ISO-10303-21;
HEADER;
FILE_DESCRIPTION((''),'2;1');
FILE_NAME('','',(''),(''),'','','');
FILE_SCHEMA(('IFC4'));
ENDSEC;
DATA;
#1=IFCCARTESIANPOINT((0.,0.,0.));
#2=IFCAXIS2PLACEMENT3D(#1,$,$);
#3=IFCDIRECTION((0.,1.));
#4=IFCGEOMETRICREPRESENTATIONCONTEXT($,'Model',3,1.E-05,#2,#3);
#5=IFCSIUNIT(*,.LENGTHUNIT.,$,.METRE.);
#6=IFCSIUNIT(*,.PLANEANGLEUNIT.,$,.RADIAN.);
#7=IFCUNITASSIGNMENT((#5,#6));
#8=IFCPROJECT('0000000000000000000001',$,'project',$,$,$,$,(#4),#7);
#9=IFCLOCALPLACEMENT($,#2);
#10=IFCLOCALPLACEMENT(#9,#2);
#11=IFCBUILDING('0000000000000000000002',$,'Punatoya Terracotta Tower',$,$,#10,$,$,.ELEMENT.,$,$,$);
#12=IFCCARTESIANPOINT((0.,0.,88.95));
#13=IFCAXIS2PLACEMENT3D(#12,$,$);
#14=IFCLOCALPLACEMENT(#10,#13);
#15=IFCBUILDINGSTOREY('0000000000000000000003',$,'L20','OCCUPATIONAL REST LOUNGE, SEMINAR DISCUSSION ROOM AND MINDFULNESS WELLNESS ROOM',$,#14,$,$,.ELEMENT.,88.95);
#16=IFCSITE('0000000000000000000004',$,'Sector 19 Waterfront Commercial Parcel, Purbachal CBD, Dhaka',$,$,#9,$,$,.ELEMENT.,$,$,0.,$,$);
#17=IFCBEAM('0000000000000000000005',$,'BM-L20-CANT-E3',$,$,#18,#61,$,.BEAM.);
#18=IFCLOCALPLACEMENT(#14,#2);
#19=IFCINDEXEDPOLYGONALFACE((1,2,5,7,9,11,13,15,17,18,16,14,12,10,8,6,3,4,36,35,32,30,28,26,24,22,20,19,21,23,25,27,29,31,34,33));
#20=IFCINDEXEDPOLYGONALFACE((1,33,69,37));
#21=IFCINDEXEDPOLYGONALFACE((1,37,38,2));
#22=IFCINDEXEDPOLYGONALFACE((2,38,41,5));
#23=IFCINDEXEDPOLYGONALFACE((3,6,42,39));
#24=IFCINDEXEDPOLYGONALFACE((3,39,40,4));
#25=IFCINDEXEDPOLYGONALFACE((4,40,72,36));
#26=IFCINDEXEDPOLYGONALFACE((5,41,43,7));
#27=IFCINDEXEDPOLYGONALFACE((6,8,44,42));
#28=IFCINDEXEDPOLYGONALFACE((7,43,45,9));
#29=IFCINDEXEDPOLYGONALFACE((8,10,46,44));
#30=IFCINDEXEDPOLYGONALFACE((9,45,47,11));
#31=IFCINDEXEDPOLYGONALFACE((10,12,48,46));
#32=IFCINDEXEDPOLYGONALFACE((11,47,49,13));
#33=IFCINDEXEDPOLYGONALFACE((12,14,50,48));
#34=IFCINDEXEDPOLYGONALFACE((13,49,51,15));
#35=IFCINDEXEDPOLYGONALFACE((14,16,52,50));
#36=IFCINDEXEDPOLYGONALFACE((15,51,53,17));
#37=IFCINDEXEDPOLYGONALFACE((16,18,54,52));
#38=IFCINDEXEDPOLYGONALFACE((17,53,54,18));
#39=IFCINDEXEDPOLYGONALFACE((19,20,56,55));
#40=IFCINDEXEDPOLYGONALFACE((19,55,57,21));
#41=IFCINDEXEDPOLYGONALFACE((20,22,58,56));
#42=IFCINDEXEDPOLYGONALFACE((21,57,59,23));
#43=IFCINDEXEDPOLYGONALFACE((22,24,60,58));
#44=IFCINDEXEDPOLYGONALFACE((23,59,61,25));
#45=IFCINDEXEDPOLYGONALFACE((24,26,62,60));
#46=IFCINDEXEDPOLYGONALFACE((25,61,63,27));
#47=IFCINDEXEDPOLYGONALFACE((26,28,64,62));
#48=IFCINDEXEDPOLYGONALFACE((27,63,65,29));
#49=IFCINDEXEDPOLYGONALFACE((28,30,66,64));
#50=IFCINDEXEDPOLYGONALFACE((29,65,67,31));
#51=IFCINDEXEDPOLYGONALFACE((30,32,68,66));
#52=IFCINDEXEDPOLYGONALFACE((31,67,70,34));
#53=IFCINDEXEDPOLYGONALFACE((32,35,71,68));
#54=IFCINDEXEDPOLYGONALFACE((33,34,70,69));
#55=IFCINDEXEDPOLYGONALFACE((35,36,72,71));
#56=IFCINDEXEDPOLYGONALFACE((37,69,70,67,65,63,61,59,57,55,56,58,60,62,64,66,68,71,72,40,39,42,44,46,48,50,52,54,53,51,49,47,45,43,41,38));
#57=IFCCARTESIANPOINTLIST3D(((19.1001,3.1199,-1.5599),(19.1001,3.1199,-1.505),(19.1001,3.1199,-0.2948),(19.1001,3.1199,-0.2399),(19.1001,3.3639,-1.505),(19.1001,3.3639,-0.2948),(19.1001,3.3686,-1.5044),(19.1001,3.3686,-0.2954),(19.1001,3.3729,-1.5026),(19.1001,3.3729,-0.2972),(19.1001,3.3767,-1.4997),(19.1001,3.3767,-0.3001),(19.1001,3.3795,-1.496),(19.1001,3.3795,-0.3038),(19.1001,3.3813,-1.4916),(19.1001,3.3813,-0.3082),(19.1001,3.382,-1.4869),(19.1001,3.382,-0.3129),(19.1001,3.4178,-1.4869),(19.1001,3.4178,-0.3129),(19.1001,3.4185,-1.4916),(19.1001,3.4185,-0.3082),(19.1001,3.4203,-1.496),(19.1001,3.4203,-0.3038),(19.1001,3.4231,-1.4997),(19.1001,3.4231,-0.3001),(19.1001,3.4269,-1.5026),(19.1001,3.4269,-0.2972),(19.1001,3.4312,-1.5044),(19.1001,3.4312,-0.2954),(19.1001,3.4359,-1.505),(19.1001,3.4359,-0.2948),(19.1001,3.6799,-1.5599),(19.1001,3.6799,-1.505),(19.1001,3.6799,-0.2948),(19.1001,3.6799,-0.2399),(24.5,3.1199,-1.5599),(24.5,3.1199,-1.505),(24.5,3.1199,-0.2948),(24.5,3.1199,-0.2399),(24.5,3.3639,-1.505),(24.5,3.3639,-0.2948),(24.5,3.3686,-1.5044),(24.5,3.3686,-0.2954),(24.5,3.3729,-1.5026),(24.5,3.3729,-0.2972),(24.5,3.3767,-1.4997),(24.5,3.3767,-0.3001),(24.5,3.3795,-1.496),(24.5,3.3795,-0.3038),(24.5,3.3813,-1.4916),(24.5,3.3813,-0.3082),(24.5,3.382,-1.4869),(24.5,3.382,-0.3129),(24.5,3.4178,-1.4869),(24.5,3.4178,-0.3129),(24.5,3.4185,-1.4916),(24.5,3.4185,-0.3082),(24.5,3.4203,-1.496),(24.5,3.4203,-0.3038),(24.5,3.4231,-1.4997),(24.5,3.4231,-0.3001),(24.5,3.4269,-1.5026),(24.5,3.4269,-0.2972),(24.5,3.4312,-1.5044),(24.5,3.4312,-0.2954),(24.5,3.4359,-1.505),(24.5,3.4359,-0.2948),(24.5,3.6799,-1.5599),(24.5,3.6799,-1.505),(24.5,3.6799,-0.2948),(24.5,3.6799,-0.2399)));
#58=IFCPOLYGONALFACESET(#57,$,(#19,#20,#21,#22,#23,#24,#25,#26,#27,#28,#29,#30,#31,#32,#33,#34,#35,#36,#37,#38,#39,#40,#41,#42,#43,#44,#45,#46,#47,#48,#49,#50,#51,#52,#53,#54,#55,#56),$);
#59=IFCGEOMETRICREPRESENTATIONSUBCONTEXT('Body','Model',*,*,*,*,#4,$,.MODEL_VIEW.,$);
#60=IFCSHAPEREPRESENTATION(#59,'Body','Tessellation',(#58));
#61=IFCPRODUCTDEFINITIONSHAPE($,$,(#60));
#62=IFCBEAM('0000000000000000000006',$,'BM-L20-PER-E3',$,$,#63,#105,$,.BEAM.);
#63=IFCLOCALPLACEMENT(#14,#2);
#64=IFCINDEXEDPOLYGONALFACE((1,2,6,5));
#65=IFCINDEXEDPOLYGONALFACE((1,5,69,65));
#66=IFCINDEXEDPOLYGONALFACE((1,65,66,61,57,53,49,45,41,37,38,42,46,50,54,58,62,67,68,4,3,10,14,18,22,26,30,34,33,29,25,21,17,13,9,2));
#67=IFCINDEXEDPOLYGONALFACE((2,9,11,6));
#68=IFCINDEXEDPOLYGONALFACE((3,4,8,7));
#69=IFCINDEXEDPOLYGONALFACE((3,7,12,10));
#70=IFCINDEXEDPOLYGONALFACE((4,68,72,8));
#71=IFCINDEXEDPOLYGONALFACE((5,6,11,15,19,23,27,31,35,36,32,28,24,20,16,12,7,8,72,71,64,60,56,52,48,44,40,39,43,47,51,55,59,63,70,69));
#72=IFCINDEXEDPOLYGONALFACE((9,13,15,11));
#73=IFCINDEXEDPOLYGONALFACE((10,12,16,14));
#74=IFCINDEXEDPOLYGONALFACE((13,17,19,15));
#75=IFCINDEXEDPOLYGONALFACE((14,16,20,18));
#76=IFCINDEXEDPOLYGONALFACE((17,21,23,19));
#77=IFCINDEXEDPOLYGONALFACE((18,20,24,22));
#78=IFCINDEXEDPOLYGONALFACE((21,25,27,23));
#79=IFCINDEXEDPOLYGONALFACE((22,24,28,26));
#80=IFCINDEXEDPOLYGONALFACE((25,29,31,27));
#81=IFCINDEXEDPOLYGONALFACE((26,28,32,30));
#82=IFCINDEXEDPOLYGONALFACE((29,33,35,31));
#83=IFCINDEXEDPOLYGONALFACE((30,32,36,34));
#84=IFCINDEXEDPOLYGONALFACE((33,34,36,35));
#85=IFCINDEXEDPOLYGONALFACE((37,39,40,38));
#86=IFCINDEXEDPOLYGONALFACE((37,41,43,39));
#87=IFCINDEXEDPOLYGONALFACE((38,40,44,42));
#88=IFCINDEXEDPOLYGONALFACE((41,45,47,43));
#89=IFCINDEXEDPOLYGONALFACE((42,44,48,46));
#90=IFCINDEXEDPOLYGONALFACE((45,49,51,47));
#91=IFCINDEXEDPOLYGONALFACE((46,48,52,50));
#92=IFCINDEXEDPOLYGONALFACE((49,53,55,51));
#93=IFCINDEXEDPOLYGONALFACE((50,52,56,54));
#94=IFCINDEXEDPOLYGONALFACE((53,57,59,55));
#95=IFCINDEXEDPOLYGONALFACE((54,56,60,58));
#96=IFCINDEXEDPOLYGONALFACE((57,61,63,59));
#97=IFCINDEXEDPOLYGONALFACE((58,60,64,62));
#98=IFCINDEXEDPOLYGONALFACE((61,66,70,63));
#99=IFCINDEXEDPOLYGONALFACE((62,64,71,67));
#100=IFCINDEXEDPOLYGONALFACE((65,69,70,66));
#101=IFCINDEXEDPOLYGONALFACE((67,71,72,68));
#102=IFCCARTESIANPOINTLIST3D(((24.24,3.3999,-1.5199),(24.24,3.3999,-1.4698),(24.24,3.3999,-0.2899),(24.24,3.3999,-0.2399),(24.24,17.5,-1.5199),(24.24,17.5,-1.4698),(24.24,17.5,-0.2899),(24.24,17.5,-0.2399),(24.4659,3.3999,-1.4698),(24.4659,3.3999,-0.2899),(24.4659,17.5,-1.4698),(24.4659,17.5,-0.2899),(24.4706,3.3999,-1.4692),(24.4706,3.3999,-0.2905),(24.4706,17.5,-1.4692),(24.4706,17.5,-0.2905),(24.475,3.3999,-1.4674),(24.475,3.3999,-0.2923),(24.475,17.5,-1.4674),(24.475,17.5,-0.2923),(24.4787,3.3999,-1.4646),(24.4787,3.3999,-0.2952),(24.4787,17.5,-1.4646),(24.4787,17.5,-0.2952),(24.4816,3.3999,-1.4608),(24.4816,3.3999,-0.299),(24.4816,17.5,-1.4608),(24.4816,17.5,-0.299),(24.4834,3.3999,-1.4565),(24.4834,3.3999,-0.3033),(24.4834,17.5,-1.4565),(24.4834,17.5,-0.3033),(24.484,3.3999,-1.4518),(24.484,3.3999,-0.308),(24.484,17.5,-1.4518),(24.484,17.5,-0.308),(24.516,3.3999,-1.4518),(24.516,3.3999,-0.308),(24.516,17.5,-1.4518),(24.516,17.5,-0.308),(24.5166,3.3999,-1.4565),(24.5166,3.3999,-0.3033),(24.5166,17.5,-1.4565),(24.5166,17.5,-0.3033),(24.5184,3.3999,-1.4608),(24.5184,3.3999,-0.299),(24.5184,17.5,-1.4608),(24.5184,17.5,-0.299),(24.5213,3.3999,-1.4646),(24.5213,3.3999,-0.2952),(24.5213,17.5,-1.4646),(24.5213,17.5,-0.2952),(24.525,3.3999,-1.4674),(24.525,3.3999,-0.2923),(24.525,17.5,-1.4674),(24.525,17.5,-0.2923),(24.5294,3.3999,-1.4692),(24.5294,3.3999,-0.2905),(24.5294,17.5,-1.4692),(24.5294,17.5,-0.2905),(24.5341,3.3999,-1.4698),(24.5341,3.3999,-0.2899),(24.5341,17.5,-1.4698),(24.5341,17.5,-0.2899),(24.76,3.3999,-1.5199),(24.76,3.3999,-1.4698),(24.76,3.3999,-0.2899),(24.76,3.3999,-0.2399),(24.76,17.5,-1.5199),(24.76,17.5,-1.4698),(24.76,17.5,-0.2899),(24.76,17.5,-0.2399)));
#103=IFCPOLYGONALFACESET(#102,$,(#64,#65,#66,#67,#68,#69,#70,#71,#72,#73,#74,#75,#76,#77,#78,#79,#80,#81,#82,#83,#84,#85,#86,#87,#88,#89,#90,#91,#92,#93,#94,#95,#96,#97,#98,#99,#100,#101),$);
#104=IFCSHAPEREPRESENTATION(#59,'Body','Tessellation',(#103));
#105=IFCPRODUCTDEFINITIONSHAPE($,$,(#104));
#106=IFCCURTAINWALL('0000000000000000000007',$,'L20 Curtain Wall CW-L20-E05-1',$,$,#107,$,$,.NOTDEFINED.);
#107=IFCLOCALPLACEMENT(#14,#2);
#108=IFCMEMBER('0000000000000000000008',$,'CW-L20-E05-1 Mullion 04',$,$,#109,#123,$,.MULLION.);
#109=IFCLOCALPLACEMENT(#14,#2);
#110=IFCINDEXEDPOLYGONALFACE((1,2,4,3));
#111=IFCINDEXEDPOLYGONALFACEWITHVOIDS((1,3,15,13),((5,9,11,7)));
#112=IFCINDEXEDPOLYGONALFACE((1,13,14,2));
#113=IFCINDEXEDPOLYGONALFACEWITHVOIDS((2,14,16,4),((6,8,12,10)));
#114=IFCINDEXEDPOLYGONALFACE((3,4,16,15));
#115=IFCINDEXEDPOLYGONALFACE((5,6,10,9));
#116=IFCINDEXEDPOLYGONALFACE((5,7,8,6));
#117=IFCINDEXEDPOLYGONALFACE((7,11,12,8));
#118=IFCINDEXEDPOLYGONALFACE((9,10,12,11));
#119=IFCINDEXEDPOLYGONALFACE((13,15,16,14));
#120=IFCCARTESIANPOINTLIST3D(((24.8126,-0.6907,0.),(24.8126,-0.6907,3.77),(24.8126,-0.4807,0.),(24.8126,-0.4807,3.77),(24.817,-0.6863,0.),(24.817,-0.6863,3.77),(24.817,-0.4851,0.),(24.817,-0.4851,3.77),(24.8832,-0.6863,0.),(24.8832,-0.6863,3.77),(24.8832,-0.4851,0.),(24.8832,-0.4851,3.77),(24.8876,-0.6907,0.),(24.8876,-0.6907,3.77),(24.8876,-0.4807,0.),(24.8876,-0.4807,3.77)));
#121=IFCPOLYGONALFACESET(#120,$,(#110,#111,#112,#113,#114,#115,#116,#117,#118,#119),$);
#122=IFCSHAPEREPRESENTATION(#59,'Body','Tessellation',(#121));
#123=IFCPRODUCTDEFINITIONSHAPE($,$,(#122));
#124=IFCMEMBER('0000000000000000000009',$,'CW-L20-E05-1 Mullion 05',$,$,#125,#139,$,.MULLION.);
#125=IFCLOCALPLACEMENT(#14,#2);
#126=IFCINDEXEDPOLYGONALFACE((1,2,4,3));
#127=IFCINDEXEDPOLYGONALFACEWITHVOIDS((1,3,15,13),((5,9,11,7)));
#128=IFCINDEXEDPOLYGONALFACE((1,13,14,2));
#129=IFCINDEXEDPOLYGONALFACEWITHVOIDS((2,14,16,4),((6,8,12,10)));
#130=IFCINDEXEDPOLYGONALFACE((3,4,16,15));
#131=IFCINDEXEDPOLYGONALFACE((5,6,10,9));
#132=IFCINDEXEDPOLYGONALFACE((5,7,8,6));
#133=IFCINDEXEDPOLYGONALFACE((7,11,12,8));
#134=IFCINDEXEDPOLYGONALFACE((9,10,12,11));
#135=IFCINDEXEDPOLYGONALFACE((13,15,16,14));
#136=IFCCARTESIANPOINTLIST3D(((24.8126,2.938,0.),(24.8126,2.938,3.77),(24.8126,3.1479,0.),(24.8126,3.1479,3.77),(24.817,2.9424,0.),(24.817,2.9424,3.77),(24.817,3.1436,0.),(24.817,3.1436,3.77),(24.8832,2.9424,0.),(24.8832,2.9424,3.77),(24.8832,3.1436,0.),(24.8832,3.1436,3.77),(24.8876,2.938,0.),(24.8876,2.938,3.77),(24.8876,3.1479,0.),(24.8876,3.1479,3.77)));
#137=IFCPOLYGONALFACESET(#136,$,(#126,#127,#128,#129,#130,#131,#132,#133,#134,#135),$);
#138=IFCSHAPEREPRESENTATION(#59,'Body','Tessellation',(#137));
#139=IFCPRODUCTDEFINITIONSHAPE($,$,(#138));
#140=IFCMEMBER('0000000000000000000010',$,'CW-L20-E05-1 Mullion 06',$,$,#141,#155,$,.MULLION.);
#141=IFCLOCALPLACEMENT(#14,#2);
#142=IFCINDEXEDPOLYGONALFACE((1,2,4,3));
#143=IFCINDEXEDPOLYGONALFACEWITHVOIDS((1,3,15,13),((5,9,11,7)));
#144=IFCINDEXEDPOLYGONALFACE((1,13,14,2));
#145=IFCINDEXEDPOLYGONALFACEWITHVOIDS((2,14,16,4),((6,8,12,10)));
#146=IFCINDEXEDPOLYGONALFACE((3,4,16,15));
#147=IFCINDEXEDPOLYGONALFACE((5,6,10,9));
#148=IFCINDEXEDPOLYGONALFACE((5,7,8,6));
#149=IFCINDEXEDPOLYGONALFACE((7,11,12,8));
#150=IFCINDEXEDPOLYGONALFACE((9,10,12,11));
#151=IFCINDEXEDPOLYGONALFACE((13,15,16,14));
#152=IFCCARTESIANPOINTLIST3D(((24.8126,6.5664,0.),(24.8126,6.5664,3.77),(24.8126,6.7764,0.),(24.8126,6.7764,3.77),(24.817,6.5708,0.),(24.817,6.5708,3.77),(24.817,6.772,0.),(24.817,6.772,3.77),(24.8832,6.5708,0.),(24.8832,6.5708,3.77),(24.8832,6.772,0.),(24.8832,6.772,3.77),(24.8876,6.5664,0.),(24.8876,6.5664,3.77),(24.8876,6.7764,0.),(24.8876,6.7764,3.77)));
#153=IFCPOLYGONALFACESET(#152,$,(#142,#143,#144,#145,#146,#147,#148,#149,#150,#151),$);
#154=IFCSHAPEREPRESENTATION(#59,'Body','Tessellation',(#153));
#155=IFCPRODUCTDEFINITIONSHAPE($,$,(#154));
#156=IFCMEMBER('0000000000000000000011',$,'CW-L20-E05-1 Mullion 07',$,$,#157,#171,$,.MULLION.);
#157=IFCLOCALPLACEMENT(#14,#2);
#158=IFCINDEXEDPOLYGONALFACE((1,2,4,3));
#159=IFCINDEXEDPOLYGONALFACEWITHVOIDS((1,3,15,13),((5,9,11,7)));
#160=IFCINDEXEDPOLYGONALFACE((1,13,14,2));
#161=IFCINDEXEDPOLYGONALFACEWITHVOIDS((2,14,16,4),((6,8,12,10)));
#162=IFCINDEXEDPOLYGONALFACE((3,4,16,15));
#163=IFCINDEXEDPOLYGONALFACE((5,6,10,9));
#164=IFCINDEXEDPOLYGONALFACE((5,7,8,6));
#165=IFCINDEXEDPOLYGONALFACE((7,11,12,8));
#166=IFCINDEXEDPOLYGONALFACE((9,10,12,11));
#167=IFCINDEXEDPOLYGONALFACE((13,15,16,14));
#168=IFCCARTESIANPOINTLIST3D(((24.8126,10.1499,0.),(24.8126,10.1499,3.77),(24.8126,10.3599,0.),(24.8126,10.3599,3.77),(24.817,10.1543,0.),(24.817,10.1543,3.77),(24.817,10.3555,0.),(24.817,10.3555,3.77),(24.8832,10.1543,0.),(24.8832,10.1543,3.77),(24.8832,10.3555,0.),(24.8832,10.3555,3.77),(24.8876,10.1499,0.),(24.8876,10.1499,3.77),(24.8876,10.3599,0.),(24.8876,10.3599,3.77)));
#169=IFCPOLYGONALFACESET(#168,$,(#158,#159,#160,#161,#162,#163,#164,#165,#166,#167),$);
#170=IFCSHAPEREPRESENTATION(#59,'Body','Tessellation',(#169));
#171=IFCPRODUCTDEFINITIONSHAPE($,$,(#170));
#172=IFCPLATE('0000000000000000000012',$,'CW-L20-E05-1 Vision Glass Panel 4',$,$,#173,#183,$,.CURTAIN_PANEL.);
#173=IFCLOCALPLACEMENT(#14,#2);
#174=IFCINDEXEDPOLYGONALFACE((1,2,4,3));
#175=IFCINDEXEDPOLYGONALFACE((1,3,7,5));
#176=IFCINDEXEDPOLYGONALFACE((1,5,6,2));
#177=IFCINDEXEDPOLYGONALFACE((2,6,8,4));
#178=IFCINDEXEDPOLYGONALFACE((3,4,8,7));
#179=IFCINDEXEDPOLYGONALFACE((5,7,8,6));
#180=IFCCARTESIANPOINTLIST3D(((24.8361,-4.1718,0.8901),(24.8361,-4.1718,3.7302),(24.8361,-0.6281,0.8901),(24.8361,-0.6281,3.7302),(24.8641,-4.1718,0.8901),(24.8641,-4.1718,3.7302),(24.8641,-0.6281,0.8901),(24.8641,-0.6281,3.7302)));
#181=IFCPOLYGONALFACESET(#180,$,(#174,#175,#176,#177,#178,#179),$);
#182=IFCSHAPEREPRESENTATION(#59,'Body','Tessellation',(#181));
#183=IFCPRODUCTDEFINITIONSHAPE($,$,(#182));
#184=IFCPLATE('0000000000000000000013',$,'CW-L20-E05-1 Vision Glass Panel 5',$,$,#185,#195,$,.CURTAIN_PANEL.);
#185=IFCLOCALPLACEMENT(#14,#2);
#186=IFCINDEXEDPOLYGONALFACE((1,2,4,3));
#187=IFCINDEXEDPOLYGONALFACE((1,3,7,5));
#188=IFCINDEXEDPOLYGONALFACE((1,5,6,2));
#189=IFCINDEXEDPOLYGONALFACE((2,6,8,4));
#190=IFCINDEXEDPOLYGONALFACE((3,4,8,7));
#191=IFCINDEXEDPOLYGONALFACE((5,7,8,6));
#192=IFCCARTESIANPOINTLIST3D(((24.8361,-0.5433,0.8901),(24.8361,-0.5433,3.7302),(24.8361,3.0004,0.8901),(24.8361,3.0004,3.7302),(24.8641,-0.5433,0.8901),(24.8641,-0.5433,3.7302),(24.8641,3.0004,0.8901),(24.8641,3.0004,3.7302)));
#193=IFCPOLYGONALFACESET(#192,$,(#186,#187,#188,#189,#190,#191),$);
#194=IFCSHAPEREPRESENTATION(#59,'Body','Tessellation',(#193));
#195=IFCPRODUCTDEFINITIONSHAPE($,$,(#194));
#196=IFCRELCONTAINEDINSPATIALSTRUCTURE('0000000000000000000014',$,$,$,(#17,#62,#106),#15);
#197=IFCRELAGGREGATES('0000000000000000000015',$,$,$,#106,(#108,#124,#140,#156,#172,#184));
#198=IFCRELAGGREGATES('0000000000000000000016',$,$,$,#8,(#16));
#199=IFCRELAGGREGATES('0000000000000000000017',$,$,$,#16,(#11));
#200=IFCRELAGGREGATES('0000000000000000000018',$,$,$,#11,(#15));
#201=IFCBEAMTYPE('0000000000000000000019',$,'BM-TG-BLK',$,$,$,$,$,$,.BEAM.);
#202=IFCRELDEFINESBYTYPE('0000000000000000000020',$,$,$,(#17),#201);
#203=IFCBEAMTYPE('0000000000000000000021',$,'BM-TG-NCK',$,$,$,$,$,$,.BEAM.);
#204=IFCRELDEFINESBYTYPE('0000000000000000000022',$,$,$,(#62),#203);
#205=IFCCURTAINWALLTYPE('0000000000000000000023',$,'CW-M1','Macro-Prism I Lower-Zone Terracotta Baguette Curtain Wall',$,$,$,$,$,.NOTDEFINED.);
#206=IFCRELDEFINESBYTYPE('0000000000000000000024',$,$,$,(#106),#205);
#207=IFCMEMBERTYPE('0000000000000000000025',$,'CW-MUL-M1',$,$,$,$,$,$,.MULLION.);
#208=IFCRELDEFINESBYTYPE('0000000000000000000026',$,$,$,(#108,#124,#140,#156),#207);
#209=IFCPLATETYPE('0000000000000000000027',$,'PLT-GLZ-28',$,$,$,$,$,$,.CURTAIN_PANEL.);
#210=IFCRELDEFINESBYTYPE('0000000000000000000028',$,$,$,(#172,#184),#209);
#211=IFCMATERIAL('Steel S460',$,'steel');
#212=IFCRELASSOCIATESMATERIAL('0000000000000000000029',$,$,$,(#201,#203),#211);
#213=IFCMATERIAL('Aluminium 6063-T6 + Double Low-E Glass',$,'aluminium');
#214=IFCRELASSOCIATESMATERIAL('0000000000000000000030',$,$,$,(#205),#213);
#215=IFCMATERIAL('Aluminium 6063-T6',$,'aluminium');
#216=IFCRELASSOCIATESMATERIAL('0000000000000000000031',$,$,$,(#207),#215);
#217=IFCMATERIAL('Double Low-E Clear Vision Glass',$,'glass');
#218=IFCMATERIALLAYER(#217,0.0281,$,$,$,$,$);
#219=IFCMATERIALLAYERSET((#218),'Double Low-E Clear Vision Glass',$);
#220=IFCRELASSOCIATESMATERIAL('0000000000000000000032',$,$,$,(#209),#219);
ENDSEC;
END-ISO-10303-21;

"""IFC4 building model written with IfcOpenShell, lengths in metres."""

from ifc_helpers import new_model, si_unit, direction, frame, origin, origin_2d, place, context, subcontext, project, spatial, rectangle, hollow_rectangle, i_section, extrude, material, layer, layer_set, material_profile, profile_set, type_object, element, aggregate, save


model = new_model("IFC4")

# Units and contexts
model_context = context("Model", 3, precision=1e-05, world=origin(), true_north=direction((0.0, 1.0)))
body_context = subcontext(model_context, "Body", "Model", "MODEL_VIEW")
ifc_project = project(units=[si_unit("LENGTHUNIT", "METRE"), si_unit("PLANEANGLEUNIT", "RADIAN")], contexts=[model_context])

# Site, building, storey
site_placement = place(None, origin())
site = spatial("IfcSite", under=ifc_project, at=site_placement, Name="Sector 19 Waterfront Commercial Parcel, Purbachal CBD, Dhaka", CompositionType="ELEMENT", RefElevation=0.0)
building_placement = place(site_placement, origin())
building = spatial("IfcBuilding", under=site, at=building_placement, Name="Punatoya Terracotta Tower", CompositionType="ELEMENT")
storey_placement = place(building_placement, frame((0.0, 0.0, 88.95)))
storey = spatial("IfcBuildingStorey", under=building, at=storey_placement, Name="L20", Description="OCCUPATIONAL REST LOUNGE, SEMINAR DISCUSSION ROOM AND MINDFULNESS WELLNESS ROOM", CompositionType="ELEMENT", Elevation=88.95)

# Shared definitions
ifc_material_1 = material(Name="Steel S460", Category="steel")

# Beams
ifc_material_profile_1 = material_profile(ifc_material_1, i_section(OverallWidth=0.5601, OverallDepth=1.3201, WebThickness=0.0359, FlangeThickness=0.0549, FilletRadius=0.0181, at=origin_2d()))
ifc_profile_set_1 = profile_set([ifc_material_profile_1], Name="Steel S460")
beam_type_1 = type_object("IfcBeamType", Name="BM-TG-BLK", PredefinedType="BEAM", material=ifc_profile_set_1)
beam_1_placement = place(storey_placement, frame((19.1001, 3.3999, -0.8999), z_axis=(1.0, 0.0, 0.0), x_axis=(0.0, 1.0, 0.0)))
element("IfcBeam", 1, at=beam_1_placement, inside=storey, type_object=beam_type_1, Name="BM-L20-CANT-E3", PredefinedType="BEAM", context=body_context, shape_type="SweptSolid", body=[
    extrude(i_section(OverallWidth=0.5601, OverallDepth=1.3201, WebThickness=0.0359, FlangeThickness=0.0549, FilletRadius=0.0181, at=origin_2d()), origin(), (0.0, 0.0, 1.0), 5.3999),
])
ifc_material_profile_2 = material_profile(ifc_material_1, i_section(OverallWidth=0.52, OverallDepth=1.28, WebThickness=0.032, FlangeThickness=0.05, FilletRadius=0.0181, at=origin_2d()))
ifc_profile_set_2 = profile_set([ifc_material_profile_2], Name="Steel S460")
beam_type_2 = type_object("IfcBeamType", Name="BM-TG-NCK", PredefinedType="BEAM", material=ifc_profile_set_2)
beam_2_placement = place(storey_placement, frame((24.5, 3.3999, -0.8799), z_axis=(0.0, 1.0, 0.0), x_axis=(-1.0, 0.0, 0.0)))
element("IfcBeam", 2, at=beam_2_placement, inside=storey, type_object=beam_type_2, Name="BM-L20-PER-E3", PredefinedType="BEAM", context=body_context, shape_type="SweptSolid", body=[
    extrude(i_section(OverallWidth=0.52, OverallDepth=1.28, WebThickness=0.032, FlangeThickness=0.05, FilletRadius=0.0181, at=origin_2d()), origin(), (0.0, 0.0, 1.0), 14.1001),
])

# Curtain wall, members, plates
ifc_material_2 = material(Name="Aluminium 6063-T6 + Double Low-E Glass", Category="aluminium")
curtain_wall_type = type_object("IfcCurtainWallType", Name="CW-M1", Description="Macro-Prism I Lower-Zone Terracotta Baguette Curtain Wall", PredefinedType="NOTDEFINED", material=ifc_material_2)
curtain_wall_placement = place(storey_placement, origin())
curtain_wall = element("IfcCurtainWall", 3, at=curtain_wall_placement, inside=storey, type_object=curtain_wall_type, Name="L20 Curtain Wall CW-L20-E05-1", PredefinedType="NOTDEFINED")
ifc_material_3 = material(Name="Aluminium 6063-T6", Category="aluminium")
ifc_material_profile_3 = material_profile(ifc_material_3, hollow_rectangle(XDim=0.075, YDim=0.21, WallThickness=0.0044, at=origin_2d()))
ifc_profile_set_3 = profile_set([ifc_material_profile_3], Name="Aluminium 6063-T6")
member_type = type_object("IfcMemberType", Name="CW-MUL-M1", PredefinedType="MULLION", material=ifc_profile_set_3)
member_1_placement = place(storey_placement, frame((24.8501, -0.5857, 0.0), z_axis=(0.0, 0.0, 1.0), x_axis=(1.0, 0.0, 0.0)))
member_1 = element("IfcMember", 4, at=member_1_placement, type_object=member_type, Name="CW-L20-E05-1 Mullion 04", PredefinedType="MULLION", context=body_context, shape_type="SweptSolid", body=[
    extrude(hollow_rectangle(XDim=0.075, YDim=0.21, WallThickness=0.0044, at=origin_2d()), origin(), (0.0, 0.0, 1.0), 3.77),
])
member_2_placement = place(storey_placement, frame((24.8501, 3.043, 0.0), z_axis=(0.0, 0.0, 1.0), x_axis=(1.0, 0.0, 0.0)))
member_2 = element("IfcMember", 5, at=member_2_placement, type_object=member_type, Name="CW-L20-E05-1 Mullion 05", PredefinedType="MULLION", context=body_context, shape_type="SweptSolid", body=[
    extrude(hollow_rectangle(XDim=0.075, YDim=0.21, WallThickness=0.0044, at=origin_2d()), origin(), (0.0, 0.0, 1.0), 3.77),
])
member_3_placement = place(storey_placement, frame((24.8501, 6.6714, 0.0), z_axis=(0.0, 0.0, 1.0), x_axis=(1.0, 0.0, 0.0)))
member_3 = element("IfcMember", 6, at=member_3_placement, type_object=member_type, Name="CW-L20-E05-1 Mullion 06", PredefinedType="MULLION", context=body_context, shape_type="SweptSolid", body=[
    extrude(hollow_rectangle(XDim=0.075, YDim=0.21, WallThickness=0.0044, at=origin_2d()), origin(), (0.0, 0.0, 1.0), 3.77),
])
member_4_placement = place(storey_placement, frame((24.8501, 10.2549, 0.0), z_axis=(0.0, 0.0, 1.0), x_axis=(1.0, 0.0, 0.0)))
member_4 = element("IfcMember", 7, at=member_4_placement, type_object=member_type, Name="CW-L20-E05-1 Mullion 07", PredefinedType="MULLION", context=body_context, shape_type="SweptSolid", body=[
    extrude(hollow_rectangle(XDim=0.075, YDim=0.21, WallThickness=0.0044, at=origin_2d()), origin(), (0.0, 0.0, 1.0), 3.77),
])
ifc_material_4 = material(Name="Double Low-E Clear Vision Glass", Category="glass")
ifc_layer_1 = layer(ifc_material_4, 0.0281)
ifc_layer_set_1 = layer_set([ifc_layer_1], Name="Double Low-E Clear Vision Glass")
plate_type_1 = type_object("IfcPlateType", Name="PLT-GLZ-28", PredefinedType="CURTAIN_PANEL", material=ifc_layer_set_1)
plate_1_placement = place(storey_placement, frame((24.8501, -2.3999, 0.8901), z_axis=(0.0, 0.0, 1.0), x_axis=(0.0, 1.0, 0.0)))
plate_1 = element("IfcPlate", 8, at=plate_1_placement, type_object=plate_type_1, Name="CW-L20-E05-1 Vision Glass Panel 4", PredefinedType="CURTAIN_PANEL", context=body_context, shape_type="SweptSolid", body=[
    extrude(rectangle(XDim=3.5437, YDim=0.0281, at=origin_2d()), origin(), (0.0, 0.0, 1.0), 2.8401),
])
plate_2_placement = place(storey_placement, frame((24.8501, 1.2285, 0.8901), z_axis=(0.0, 0.0, 1.0), x_axis=(0.0, 1.0, 0.0)))
plate_2 = element("IfcPlate", 9, at=plate_2_placement, type_object=plate_type_1, Name="CW-L20-E05-1 Vision Glass Panel 5", PredefinedType="CURTAIN_PANEL", context=body_context, shape_type="SweptSolid", body=[
    extrude(rectangle(XDim=3.5437, YDim=0.0281, at=origin_2d()), origin(), (0.0, 0.0, 1.0), 2.8401),
])
aggregate(curtain_wall, [member_1, member_2, member_3, member_4, plate_1, plate_2])

save(model, "model.ifc")
